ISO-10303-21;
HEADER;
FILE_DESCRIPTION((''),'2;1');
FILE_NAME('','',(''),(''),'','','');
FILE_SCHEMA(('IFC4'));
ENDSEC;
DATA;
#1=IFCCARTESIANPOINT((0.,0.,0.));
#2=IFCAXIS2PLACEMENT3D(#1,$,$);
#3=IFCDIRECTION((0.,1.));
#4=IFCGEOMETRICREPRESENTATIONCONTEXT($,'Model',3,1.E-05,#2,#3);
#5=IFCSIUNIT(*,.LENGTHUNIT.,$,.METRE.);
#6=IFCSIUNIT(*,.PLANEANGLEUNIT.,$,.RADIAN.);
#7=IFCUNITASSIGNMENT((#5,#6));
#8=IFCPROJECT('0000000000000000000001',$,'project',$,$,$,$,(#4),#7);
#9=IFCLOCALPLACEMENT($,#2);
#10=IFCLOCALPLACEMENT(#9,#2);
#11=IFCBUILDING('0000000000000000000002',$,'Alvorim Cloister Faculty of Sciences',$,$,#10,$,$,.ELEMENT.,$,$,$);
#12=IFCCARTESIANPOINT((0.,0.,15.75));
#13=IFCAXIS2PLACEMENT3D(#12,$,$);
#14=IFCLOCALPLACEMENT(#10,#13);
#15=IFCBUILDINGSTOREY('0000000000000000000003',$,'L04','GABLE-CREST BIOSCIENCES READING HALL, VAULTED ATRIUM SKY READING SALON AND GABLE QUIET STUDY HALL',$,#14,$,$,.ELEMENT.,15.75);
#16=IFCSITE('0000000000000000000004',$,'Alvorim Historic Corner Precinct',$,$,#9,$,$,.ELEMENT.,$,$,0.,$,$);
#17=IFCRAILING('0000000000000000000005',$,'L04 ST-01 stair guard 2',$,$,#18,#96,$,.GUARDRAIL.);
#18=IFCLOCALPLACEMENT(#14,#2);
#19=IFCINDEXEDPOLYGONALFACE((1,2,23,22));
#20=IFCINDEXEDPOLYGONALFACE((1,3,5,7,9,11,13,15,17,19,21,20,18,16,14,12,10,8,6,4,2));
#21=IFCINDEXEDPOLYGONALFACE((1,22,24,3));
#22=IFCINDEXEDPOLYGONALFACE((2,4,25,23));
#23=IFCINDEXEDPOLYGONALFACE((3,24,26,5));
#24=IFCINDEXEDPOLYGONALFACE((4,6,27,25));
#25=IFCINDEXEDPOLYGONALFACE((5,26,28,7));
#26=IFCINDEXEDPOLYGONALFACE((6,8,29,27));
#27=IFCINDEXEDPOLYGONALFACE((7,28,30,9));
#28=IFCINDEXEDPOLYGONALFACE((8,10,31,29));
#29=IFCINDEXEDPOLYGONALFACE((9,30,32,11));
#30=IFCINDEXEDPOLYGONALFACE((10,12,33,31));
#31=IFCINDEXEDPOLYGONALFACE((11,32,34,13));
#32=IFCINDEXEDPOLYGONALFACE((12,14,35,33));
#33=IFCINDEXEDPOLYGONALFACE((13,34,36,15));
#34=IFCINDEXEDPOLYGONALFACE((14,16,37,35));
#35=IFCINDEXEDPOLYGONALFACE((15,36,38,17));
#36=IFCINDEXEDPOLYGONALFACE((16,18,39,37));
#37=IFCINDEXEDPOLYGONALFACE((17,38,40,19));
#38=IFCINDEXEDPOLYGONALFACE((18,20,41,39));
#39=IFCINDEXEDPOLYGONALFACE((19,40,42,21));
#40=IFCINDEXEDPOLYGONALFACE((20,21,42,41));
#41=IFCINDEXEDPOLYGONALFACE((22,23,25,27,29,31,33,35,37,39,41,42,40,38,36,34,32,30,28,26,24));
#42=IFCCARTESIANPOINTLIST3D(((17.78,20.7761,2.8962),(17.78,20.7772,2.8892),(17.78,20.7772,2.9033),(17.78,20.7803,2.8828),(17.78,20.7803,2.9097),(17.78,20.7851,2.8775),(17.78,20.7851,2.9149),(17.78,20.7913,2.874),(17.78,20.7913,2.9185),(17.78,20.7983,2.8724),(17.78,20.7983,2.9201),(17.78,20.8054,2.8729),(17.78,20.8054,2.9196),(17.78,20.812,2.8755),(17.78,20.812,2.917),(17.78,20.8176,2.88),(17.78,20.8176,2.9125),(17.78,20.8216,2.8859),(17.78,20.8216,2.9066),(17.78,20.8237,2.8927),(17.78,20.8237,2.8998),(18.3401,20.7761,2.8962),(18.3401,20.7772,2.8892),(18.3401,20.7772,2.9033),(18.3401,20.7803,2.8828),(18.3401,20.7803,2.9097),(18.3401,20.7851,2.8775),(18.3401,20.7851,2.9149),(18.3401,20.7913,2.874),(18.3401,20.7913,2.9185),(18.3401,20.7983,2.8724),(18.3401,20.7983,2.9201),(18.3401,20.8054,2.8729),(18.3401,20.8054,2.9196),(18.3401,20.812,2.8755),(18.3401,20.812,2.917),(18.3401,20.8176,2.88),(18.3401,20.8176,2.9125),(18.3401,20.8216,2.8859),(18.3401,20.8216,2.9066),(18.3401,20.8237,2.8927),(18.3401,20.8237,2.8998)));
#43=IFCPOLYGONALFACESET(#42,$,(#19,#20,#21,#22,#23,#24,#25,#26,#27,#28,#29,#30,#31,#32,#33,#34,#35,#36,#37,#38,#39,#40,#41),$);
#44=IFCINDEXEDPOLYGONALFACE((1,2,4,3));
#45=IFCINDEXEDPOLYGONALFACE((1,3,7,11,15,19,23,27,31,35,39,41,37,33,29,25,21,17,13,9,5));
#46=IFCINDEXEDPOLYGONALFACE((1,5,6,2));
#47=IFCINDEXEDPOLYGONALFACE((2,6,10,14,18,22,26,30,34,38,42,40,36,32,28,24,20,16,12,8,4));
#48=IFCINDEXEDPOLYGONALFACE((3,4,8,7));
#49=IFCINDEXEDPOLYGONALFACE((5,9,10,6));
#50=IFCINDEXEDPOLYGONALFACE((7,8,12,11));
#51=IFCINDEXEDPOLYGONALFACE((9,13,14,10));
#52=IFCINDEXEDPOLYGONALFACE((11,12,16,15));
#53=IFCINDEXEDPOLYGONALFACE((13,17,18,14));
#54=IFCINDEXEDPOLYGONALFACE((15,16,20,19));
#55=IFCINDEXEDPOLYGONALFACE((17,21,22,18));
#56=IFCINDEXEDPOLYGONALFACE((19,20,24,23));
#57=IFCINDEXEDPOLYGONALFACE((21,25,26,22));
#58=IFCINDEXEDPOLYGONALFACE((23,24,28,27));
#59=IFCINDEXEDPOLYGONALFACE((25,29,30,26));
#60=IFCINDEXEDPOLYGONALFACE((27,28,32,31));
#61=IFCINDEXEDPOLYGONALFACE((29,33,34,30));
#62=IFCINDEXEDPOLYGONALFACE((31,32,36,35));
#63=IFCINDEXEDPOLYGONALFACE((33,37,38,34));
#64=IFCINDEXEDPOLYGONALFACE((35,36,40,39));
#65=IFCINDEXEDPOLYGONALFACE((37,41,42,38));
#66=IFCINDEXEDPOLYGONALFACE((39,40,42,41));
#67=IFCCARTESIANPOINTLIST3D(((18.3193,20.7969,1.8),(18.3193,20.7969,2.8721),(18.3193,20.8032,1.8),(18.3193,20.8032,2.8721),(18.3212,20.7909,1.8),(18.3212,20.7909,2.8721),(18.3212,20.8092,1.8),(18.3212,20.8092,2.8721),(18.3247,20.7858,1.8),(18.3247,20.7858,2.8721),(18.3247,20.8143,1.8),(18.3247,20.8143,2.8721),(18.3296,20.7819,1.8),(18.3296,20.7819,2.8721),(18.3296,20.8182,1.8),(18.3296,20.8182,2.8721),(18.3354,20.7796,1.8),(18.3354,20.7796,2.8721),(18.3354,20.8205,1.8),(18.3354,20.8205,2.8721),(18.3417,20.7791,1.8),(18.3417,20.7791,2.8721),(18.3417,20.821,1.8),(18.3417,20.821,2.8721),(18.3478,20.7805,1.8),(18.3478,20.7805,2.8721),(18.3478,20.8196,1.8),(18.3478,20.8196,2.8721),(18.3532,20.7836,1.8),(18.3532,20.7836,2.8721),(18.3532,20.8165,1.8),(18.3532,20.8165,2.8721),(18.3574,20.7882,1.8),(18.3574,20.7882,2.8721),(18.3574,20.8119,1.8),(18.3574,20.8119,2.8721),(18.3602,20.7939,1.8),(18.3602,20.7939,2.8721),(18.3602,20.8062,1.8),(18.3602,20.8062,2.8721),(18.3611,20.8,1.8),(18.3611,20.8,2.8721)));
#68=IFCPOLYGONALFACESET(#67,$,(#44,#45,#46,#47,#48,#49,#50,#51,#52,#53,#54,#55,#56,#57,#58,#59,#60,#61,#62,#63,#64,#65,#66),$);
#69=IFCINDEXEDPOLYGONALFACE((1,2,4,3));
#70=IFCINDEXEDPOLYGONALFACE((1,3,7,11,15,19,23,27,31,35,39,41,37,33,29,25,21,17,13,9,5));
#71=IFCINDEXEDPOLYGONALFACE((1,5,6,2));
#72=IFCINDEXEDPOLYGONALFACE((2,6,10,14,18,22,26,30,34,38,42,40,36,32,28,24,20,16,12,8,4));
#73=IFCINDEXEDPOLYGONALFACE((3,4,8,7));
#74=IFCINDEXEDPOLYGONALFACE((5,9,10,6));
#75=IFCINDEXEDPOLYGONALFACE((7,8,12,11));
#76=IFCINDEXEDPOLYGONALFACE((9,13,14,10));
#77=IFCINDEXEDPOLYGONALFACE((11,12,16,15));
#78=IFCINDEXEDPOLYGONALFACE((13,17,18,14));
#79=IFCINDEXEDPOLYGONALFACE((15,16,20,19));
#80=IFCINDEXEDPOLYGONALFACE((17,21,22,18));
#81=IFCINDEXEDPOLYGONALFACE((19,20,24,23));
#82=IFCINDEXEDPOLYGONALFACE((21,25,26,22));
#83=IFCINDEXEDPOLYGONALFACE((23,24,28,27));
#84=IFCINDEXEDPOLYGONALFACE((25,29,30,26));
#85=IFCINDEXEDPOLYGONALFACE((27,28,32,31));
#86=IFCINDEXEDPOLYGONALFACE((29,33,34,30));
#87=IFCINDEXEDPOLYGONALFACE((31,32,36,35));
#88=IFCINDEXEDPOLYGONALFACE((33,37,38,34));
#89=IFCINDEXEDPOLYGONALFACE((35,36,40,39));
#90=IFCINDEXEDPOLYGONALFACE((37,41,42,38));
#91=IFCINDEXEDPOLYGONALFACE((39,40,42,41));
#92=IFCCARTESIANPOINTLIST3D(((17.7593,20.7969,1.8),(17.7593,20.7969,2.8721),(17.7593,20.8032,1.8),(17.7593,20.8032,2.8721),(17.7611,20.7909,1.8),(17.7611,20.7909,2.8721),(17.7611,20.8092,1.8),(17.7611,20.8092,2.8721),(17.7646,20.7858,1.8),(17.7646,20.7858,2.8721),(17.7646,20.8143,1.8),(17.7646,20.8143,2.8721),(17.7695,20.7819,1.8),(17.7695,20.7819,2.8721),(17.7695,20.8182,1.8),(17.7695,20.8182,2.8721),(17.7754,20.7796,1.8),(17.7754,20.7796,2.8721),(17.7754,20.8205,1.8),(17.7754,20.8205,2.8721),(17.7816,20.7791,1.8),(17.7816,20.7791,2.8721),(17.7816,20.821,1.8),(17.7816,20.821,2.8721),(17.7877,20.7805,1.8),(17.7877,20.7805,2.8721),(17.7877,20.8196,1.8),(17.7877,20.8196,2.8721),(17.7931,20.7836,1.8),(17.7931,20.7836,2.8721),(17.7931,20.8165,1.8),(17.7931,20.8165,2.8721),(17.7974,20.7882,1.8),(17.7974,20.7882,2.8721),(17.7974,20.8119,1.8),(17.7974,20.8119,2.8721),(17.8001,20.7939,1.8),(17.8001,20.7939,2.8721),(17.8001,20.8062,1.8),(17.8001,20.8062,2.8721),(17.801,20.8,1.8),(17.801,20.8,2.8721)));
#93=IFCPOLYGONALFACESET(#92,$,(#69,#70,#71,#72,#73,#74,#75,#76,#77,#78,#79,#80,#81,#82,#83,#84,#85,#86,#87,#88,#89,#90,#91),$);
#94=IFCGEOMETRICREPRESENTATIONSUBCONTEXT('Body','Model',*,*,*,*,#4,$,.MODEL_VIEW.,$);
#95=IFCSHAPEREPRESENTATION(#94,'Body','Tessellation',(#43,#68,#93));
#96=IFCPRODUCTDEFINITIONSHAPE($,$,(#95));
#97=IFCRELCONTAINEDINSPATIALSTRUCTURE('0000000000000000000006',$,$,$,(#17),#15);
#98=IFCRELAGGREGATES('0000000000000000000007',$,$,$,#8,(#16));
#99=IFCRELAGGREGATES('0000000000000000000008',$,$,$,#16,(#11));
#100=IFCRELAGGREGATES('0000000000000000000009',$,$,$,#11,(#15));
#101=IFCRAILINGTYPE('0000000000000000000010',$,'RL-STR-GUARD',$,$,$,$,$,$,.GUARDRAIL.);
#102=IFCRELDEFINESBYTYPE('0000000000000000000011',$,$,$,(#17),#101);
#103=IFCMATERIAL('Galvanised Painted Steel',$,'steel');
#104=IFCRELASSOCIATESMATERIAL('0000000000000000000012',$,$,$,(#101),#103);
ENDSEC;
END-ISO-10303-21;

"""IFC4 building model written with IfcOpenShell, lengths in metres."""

from ifc_helpers import new_model, si_unit, direction, frame, origin, origin_2d, place, context, subcontext, project, spatial, circle, extrude, material, type_object, element, save


model = new_model("IFC4")

# Units and contexts
model_context = context("Model", 3, precision=1e-05, world=origin(), true_north=direction((0.0, 1.0)))
body_context = subcontext(model_context, "Body", "Model", "MODEL_VIEW")
ifc_project = project(units=[si_unit("LENGTHUNIT", "METRE"), si_unit("PLANEANGLEUNIT", "RADIAN")], contexts=[model_context])

# Site, building, storey
site_placement = place(None, origin())
site = spatial("IfcSite", under=ifc_project, at=site_placement, Name="Alvorim Historic Corner Precinct", CompositionType="ELEMENT", RefElevation=0.0)
building_placement = place(site_placement, origin())
building = spatial("IfcBuilding", under=site, at=building_placement, Name="Alvorim Cloister Faculty of Sciences", CompositionType="ELEMENT")
storey_placement = place(building_placement, frame((0.0, 0.0, 15.75)))
storey = spatial("IfcBuildingStorey", under=building, at=storey_placement, Name="L04", Description="GABLE-CREST BIOSCIENCES READING HALL, VAULTED ATRIUM SKY READING SALON AND GABLE QUIET STUDY HALL", CompositionType="ELEMENT", Elevation=15.75)

# Railing
ifc_material_1 = material(Name="Galvanised Painted Steel", Category="steel")
railing_type_1 = type_object("IfcRailingType", Name="RL-STR-GUARD", PredefinedType="GUARDRAIL", material=ifc_material_1)
railing_1_placement = place(storey_placement, frame((18.3401, 20.8, 1.8)))
element("IfcRailing", 1, at=railing_1_placement, inside=storey, type_object=railing_type_1, Name="L04 ST-01 stair guard 2", PredefinedType="GUARDRAIL", context=body_context, shape_type="SweptSolid", body=[
    extrude(circle(Radius=0.0239, at=origin_2d()), frame((0.0, 0.0, 1.0962), z_axis=(-1.0, 0.0, 0.0), x_axis=(0.0, -1.0, 0.0)), (0.0, 0.0, 1.0), 0.5601),
    extrude(circle(Radius=0.021, at=origin_2d()), origin(), (0.0, 0.0, 1.0), 1.072),
    extrude(circle(Radius=0.021, at=origin_2d()), frame((-0.5601, 0.0, 0.0)), (0.0, 0.0, 1.0), 1.072),
])

save(model, "model.ifc")
